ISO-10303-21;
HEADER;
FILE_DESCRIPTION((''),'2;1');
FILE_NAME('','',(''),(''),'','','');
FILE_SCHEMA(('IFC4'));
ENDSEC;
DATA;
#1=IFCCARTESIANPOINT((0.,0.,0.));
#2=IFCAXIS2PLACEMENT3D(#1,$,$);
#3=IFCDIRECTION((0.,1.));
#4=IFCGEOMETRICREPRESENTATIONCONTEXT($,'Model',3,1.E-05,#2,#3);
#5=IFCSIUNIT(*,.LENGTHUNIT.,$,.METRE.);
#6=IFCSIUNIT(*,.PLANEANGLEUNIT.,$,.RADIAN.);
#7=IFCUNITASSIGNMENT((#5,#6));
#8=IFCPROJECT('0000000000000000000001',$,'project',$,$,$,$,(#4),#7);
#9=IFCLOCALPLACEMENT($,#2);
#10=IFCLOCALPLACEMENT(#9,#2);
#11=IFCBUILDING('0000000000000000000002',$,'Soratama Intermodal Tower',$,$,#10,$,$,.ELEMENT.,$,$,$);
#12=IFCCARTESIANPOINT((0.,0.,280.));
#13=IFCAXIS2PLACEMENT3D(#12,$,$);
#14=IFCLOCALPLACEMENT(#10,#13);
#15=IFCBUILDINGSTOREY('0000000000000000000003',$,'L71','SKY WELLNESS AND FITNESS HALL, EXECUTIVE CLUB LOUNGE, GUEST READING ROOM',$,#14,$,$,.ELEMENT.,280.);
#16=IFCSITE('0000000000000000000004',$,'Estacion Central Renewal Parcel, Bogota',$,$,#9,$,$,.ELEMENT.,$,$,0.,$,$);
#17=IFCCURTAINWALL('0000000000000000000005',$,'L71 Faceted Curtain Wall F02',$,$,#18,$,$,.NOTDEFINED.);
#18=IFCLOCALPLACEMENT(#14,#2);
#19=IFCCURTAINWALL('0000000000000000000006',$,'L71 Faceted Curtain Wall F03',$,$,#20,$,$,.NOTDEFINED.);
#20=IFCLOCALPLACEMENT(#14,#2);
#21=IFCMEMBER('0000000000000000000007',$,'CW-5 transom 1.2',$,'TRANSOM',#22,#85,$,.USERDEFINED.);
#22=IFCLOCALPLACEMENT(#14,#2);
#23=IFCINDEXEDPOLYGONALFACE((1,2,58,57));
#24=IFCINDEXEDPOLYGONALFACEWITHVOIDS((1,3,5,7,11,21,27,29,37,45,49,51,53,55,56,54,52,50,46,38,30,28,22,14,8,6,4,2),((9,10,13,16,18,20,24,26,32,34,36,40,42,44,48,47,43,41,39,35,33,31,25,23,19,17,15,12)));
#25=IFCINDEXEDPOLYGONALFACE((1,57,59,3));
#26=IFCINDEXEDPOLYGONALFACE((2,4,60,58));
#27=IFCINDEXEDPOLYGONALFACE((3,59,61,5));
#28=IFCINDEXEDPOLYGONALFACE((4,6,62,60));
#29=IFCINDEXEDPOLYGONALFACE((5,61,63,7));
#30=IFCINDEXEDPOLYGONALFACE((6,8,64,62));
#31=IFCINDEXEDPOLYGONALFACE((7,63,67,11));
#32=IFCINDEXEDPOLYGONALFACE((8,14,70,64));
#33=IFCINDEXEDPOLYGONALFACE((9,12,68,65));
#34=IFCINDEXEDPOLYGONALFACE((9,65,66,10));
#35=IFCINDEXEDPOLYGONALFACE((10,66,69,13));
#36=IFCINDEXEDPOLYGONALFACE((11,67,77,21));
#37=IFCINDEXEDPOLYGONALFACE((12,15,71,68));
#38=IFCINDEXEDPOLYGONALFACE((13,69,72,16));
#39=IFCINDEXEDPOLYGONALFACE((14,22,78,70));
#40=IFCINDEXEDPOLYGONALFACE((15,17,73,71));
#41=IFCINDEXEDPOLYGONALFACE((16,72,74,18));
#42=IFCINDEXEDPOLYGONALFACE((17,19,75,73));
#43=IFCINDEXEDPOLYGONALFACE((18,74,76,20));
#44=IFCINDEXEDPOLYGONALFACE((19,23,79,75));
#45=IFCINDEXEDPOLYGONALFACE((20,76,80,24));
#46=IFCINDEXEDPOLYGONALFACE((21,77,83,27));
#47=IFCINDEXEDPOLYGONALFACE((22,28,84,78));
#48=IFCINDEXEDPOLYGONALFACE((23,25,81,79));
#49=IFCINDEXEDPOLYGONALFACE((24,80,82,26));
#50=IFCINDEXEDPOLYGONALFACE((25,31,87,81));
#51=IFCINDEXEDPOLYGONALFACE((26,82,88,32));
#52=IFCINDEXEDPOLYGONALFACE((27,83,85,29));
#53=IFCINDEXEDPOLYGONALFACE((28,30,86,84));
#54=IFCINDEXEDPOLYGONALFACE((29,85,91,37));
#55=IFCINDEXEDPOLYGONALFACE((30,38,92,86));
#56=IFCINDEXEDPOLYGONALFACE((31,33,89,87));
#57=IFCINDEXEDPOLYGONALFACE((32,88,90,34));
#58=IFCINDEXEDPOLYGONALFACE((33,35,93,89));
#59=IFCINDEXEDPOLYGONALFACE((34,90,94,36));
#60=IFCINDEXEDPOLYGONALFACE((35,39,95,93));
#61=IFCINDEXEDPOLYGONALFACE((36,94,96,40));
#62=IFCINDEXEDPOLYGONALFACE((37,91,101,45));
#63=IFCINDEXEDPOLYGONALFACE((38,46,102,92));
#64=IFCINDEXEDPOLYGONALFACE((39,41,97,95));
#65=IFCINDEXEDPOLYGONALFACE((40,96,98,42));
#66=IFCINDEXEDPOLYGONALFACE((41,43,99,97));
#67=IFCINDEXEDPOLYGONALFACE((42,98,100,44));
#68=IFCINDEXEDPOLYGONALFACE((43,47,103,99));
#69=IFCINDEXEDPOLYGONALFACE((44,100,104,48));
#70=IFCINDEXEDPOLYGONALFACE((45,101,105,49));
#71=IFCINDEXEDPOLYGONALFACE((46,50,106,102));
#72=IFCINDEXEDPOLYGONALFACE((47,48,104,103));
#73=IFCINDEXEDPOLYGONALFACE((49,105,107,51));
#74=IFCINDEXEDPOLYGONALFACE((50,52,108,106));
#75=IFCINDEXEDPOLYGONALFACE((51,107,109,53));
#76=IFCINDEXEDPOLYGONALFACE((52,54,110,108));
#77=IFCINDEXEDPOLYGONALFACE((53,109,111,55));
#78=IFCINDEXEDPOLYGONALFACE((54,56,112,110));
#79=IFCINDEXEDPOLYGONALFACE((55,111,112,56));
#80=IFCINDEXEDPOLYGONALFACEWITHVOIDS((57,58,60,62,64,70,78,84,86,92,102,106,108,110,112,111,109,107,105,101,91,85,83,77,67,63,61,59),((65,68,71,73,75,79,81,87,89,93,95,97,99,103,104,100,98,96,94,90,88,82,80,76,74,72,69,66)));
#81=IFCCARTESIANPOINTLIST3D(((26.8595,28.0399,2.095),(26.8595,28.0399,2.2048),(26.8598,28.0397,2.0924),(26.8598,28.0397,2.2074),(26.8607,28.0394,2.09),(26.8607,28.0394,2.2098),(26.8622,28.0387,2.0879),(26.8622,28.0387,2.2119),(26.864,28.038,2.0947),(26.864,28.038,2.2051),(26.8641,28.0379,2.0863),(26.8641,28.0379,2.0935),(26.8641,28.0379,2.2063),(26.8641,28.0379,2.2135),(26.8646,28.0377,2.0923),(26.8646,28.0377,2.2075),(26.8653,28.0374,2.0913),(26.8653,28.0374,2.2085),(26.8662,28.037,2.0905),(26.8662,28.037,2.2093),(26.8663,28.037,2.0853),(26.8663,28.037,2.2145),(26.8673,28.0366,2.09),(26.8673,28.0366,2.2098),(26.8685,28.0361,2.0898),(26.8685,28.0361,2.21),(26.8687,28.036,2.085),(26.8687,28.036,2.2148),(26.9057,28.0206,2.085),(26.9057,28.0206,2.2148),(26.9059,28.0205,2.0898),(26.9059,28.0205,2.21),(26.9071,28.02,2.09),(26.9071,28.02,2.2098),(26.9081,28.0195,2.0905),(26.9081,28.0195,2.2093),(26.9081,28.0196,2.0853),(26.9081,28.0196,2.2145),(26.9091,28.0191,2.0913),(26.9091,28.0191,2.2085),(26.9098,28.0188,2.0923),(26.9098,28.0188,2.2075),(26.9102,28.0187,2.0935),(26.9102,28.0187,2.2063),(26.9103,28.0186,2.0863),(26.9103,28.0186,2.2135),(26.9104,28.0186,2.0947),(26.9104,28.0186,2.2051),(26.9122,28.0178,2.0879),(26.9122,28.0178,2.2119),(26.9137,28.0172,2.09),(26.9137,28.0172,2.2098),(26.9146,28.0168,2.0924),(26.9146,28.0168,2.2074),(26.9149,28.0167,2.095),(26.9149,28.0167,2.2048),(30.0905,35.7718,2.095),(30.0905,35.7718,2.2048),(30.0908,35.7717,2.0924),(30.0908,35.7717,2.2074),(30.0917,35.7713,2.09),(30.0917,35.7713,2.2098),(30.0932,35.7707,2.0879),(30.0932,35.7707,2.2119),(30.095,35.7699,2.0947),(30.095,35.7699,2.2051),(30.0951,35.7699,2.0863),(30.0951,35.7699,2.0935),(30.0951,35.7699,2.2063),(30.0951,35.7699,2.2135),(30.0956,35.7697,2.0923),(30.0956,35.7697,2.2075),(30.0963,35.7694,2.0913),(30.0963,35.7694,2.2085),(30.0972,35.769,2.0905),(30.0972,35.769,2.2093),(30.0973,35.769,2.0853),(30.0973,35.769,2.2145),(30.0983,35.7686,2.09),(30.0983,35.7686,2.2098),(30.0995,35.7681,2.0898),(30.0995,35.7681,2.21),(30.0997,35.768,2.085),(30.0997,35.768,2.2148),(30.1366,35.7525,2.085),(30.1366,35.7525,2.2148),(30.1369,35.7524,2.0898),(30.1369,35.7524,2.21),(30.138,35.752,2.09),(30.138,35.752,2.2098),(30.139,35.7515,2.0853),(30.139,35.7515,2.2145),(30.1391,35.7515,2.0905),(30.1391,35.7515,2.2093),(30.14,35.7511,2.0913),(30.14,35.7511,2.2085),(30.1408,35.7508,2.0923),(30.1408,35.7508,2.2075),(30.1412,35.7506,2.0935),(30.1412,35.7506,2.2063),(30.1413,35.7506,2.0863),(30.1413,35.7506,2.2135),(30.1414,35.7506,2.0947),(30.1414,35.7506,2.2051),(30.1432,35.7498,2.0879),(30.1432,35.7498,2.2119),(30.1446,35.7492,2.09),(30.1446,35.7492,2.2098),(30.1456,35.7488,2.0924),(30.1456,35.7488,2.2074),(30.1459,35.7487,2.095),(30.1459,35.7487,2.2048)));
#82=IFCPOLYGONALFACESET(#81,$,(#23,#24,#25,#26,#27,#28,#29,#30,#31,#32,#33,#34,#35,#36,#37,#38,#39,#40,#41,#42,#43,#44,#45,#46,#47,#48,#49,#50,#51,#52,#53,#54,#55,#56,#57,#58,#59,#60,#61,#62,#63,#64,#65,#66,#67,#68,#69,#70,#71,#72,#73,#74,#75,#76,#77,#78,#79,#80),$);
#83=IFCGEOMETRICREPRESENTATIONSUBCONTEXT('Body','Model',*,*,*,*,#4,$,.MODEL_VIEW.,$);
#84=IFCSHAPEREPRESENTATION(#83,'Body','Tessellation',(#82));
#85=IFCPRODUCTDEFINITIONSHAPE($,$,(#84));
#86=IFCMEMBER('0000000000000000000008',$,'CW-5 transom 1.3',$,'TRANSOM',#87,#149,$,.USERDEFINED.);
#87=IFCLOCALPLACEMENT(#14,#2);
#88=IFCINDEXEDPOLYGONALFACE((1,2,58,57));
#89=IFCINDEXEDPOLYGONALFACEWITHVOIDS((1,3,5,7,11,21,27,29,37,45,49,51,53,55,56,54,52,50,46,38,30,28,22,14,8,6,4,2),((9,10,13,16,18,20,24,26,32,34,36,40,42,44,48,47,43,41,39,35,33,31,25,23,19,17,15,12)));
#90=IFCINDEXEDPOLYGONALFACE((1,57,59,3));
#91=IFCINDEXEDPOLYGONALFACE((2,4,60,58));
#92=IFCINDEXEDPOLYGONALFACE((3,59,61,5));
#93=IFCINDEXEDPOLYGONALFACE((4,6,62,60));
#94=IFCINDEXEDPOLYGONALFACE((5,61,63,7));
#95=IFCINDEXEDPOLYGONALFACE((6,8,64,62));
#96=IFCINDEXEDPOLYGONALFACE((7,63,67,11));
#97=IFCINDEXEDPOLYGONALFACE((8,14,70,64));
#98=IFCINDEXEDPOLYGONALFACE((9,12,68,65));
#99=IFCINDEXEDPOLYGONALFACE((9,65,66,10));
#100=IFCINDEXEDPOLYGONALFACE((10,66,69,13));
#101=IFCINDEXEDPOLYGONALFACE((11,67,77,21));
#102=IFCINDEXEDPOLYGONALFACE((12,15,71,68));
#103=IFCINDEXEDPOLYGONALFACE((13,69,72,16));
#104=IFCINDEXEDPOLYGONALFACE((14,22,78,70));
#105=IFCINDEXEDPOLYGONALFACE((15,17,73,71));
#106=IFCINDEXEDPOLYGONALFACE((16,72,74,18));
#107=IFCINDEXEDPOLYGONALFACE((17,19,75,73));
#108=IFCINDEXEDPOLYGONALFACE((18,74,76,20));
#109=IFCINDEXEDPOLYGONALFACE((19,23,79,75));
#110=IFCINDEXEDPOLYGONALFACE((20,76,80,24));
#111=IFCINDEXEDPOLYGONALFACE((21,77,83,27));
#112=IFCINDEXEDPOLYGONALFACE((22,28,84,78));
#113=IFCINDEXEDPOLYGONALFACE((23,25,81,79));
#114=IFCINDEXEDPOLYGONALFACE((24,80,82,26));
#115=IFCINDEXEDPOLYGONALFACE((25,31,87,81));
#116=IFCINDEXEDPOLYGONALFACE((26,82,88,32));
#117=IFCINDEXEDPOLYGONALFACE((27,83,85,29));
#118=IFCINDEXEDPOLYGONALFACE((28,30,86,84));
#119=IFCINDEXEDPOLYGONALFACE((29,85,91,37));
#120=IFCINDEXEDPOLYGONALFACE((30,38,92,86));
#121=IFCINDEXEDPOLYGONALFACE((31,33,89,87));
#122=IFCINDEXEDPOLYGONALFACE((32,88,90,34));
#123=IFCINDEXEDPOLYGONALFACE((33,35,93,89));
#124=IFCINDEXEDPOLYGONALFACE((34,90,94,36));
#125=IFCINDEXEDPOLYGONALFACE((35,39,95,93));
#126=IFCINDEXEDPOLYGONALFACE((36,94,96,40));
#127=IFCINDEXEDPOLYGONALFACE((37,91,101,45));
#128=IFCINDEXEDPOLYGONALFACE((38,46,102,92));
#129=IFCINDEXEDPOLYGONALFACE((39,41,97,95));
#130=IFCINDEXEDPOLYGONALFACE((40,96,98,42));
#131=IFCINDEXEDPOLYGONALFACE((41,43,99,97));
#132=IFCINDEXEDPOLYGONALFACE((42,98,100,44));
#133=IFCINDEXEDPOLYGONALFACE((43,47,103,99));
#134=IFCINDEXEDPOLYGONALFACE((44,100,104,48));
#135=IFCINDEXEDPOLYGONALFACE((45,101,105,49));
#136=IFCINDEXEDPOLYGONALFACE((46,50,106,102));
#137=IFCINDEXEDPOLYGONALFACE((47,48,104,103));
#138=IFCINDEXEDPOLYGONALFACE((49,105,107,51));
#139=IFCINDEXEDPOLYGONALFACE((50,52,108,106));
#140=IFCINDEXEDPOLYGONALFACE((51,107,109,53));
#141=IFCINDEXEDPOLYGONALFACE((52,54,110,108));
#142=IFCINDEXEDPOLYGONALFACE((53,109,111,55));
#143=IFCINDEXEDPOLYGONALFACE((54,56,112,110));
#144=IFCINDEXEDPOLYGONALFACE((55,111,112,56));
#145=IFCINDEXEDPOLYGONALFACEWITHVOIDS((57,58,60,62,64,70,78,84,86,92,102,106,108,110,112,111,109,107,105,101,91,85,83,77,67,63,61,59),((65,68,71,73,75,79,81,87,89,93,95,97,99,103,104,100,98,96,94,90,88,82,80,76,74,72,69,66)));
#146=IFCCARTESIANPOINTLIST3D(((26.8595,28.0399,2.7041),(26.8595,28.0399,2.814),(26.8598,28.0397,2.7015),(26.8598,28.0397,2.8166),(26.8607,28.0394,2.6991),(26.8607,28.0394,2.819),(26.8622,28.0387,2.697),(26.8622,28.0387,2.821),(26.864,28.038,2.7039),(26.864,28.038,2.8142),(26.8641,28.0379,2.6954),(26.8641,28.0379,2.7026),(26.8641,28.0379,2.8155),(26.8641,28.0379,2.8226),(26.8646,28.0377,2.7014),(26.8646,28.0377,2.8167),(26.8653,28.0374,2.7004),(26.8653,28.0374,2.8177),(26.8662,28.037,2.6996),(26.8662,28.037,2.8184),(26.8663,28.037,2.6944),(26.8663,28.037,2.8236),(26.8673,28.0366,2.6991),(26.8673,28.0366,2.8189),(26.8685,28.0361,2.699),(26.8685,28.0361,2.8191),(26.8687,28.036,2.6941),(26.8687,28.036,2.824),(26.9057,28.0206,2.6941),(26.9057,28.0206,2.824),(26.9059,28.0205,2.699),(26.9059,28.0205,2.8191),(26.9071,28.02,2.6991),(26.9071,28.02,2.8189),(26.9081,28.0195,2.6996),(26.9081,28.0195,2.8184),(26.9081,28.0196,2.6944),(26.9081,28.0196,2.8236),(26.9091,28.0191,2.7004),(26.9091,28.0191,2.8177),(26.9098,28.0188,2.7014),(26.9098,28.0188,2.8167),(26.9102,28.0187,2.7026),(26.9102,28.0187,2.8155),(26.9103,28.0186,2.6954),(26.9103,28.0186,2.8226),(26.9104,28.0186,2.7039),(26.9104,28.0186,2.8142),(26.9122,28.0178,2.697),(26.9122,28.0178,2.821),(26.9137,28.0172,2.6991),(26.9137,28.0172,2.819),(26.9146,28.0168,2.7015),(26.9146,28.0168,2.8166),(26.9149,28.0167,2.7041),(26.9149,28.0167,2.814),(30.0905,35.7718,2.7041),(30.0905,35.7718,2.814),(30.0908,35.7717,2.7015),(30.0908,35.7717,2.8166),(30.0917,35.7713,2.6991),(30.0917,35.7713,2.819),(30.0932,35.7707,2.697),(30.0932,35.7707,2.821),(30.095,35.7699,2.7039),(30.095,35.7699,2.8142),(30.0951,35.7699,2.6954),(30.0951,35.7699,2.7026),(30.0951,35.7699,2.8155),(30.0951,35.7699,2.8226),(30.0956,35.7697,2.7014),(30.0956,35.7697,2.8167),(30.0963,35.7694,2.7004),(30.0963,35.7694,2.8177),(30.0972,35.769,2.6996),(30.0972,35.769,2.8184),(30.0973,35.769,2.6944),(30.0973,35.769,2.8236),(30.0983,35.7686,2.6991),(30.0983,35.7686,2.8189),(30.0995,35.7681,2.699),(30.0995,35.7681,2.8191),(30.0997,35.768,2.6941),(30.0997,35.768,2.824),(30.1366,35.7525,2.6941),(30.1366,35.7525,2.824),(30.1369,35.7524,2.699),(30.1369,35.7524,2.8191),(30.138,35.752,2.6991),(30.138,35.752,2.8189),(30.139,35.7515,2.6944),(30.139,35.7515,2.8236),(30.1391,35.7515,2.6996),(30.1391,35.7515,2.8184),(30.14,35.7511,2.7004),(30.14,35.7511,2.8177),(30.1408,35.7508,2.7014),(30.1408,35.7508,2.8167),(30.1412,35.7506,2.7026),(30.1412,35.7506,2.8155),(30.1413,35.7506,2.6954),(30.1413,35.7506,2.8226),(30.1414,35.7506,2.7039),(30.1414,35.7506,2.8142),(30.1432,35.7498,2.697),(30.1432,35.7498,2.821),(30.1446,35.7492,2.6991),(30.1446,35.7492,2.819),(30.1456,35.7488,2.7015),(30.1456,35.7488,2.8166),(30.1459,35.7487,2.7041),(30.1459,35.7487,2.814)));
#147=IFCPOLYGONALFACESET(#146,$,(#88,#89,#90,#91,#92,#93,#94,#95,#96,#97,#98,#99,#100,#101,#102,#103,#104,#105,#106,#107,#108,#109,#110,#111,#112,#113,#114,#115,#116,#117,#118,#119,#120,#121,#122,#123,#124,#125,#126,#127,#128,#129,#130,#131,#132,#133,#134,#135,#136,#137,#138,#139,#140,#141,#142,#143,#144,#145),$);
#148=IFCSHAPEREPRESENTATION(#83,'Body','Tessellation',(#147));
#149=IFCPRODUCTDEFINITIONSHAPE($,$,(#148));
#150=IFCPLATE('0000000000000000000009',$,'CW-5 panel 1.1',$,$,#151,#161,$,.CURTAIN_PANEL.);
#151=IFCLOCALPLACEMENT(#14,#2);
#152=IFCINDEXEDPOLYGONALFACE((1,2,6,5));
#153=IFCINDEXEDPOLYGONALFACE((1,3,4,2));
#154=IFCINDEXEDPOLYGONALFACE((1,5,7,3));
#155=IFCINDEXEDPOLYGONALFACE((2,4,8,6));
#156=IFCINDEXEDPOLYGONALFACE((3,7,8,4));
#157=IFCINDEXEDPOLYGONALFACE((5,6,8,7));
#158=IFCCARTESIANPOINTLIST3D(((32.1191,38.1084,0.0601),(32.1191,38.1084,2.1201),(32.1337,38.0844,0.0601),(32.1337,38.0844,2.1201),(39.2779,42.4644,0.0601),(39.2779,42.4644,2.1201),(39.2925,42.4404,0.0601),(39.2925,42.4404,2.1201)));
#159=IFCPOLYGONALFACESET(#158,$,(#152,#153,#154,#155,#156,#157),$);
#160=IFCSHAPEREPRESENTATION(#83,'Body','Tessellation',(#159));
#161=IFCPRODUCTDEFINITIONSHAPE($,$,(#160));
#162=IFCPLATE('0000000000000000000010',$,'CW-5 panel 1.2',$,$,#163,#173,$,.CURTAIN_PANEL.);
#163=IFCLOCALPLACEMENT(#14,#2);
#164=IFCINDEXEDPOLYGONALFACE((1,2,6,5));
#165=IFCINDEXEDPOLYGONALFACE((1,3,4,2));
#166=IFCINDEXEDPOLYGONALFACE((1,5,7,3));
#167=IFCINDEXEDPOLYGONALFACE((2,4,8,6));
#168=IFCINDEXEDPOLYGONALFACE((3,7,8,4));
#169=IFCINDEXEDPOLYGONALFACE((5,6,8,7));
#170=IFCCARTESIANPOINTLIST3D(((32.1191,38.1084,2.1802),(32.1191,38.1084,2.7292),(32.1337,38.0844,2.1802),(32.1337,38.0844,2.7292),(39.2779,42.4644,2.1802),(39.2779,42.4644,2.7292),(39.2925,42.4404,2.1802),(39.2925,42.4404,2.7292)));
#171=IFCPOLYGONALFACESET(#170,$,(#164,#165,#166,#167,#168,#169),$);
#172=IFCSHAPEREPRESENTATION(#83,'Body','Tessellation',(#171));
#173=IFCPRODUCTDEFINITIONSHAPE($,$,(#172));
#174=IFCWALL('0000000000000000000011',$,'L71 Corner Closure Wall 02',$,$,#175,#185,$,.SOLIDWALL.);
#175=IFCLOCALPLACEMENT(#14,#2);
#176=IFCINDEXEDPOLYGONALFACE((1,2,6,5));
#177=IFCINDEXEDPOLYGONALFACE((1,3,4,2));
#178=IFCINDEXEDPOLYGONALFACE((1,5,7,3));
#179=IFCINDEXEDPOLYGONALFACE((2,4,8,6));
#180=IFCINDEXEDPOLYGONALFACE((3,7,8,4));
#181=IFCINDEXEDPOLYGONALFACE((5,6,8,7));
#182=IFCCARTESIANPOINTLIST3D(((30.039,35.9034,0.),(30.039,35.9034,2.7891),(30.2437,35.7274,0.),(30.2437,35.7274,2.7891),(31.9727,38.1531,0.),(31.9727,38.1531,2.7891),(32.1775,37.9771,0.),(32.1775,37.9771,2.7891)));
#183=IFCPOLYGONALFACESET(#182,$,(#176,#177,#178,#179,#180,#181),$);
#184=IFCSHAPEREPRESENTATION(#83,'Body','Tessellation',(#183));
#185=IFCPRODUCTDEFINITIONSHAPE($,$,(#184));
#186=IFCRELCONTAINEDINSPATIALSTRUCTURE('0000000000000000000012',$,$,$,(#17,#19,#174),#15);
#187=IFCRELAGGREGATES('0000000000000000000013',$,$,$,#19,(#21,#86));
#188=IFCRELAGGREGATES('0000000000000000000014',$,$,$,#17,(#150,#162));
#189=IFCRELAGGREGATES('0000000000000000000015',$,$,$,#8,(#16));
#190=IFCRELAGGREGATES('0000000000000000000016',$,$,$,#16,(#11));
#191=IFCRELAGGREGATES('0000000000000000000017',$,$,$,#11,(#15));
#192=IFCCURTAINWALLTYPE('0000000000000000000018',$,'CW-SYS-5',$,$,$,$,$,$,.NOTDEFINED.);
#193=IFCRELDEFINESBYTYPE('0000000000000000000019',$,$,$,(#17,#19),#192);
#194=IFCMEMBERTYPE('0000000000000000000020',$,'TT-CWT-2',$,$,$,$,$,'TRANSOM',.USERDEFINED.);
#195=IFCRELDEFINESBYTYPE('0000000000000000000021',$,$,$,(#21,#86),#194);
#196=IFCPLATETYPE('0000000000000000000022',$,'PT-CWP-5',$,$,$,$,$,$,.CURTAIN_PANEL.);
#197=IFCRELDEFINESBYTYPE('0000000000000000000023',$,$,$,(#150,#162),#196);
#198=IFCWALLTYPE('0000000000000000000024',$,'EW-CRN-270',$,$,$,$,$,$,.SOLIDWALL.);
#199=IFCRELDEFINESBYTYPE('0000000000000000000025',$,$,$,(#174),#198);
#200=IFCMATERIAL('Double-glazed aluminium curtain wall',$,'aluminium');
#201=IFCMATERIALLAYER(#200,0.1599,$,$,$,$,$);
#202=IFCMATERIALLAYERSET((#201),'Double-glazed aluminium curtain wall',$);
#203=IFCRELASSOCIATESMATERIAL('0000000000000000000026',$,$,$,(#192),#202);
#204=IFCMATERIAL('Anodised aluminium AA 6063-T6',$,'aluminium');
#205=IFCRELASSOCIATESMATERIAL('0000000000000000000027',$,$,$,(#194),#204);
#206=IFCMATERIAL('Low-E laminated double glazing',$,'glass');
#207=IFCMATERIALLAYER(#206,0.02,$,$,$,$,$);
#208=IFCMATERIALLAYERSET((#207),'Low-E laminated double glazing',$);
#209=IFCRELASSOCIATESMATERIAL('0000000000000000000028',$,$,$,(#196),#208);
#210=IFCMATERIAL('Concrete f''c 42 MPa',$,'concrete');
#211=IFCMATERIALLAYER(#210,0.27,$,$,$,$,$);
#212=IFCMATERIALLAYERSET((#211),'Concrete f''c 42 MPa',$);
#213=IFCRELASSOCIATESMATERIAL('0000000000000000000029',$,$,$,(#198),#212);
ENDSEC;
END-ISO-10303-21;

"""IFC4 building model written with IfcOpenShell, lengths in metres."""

from ifc_helpers import new_model, si_unit, direction, frame, frame_2d, origin, origin_2d, place, context, subcontext, project, spatial, rectangle, hollow_rectangle, extrude, material, layer, layer_set, material_profile, profile_set, type_object, element, aggregate, save


model = new_model("IFC4")

# Units and contexts
model_context = context("Model", 3, precision=1e-05, world=origin(), true_north=direction((0.0, 1.0)))
body_context = subcontext(model_context, "Body", "Model", "MODEL_VIEW")
ifc_project = project(units=[si_unit("LENGTHUNIT", "METRE"), si_unit("PLANEANGLEUNIT", "RADIAN")], contexts=[model_context])

# Site, building, storey
site_placement = place(None, origin())
site = spatial("IfcSite", under=ifc_project, at=site_placement, Name="Estacion Central Renewal Parcel, Bogota", CompositionType="ELEMENT", RefElevation=0.0)
building_placement = place(site_placement, origin())
building = spatial("IfcBuilding", under=site, at=building_placement, Name="Soratama Intermodal Tower", CompositionType="ELEMENT")
storey_placement = place(building_placement, frame((0.0, 0.0, 280.0)))
storey = spatial("IfcBuildingStorey", under=building, at=storey_placement, Name="L71", Description="SKY WELLNESS AND FITNESS HALL, EXECUTIVE CLUB LOUNGE, GUEST READING ROOM", CompositionType="ELEMENT", Elevation=280.0)

# Curtain wall
ifc_material_1 = material(Name="Double-glazed aluminium curtain wall", Category="aluminium")
ifc_layer_1 = layer(ifc_material_1, 0.1599)
ifc_layer_set_1 = layer_set([ifc_layer_1], Name="Double-glazed aluminium curtain wall")
curtain_wall_type = type_object("IfcCurtainWallType", Name="CW-SYS-5", PredefinedType="NOTDEFINED", material=ifc_layer_set_1)
curtain_wall_1_placement = place(storey_placement, origin())
curtain_wall_1 = element("IfcCurtainWall", 1, at=curtain_wall_1_placement, inside=storey, type_object=curtain_wall_type, Name="L71 Faceted Curtain Wall F02", PredefinedType="NOTDEFINED")

# Curtain wall
curtain_wall_2_placement = place(storey_placement, origin())
curtain_wall_2 = element("IfcCurtainWall", 2, at=curtain_wall_2_placement, inside=storey, type_object=curtain_wall_type, Name="L71 Faceted Curtain Wall F03", PredefinedType="NOTDEFINED")

# Members
ifc_material_2 = material(Name="Anodised aluminium AA 6063-T6", Category="aluminium")
ifc_material_profile_1 = material_profile(ifc_material_2, hollow_rectangle(XDim=0.0601, YDim=0.1299, WallThickness=0.0049, InnerFilletRadius=0.0049, OuterFilletRadius=0.01, at=origin_2d()), Name="CWT130X60X5")
ifc_profile_set_1 = profile_set([ifc_material_profile_1], Name="Anodised aluminium AA 6063-T6")
member_type_1 = type_object("IfcMemberType", Name="TT-CWT-2", ElementType="TRANSOM", PredefinedType="USERDEFINED", material=ifc_profile_set_1)
member_1_placement = place(storey_placement, frame((30.1182, 35.7603, 2.1499), z_axis=(-0.385563, -0.922682, 0.0), x_axis=(0.922682, -0.385563, 0.0)))
member_1 = element("IfcMember", 3, at=member_1_placement, type_object=member_type_1, Name="CW-5 transom 1.2", ObjectType="TRANSOM", PredefinedType="USERDEFINED", context=body_context, shape_type="SweptSolid", body=[
    extrude(hollow_rectangle(XDim=0.0601, YDim=0.1299, WallThickness=0.0049, InnerFilletRadius=0.0049, OuterFilletRadius=0.01, at=origin_2d()), origin(), (0.0, 0.0, 1.0), 8.3799),
])
member_2_placement = place(storey_placement, frame((30.1182, 35.7603, 2.759), z_axis=(-0.385563, -0.922682, 0.0), x_axis=(0.922682, -0.385563, 0.0)))
member_2 = element("IfcMember", 4, at=member_2_placement, type_object=member_type_1, Name="CW-5 transom 1.3", ObjectType="TRANSOM", PredefinedType="USERDEFINED", context=body_context, shape_type="SweptSolid", body=[
    extrude(hollow_rectangle(XDim=0.0601, YDim=0.1299, WallThickness=0.0049, InnerFilletRadius=0.0049, OuterFilletRadius=0.01, at=origin_2d()), origin(), (0.0, 0.0, 1.0), 8.3799),
])
aggregate(curtain_wall_2, [member_1, member_2])

# Plates
ifc_material_3 = material(Name="Low-E laminated double glazing", Category="glass")
ifc_layer_2 = layer(ifc_material_3, 0.02)
ifc_layer_set_2 = layer_set([ifc_layer_2], Name="Low-E laminated double glazing")
plate_type = type_object("IfcPlateType", Name="PT-CWP-5", PredefinedType="CURTAIN_PANEL", material=ifc_layer_set_2)
plate_1_placement = place(storey_placement, frame((35.7058, 40.2744, 0.0601), z_axis=(0.0, 0.0, 1.0), x_axis=(-0.85428, -0.519813, 0.0)))
plate_1 = element("IfcPlate", 5, at=plate_1_placement, type_object=plate_type, Name="CW-5 panel 1.1", PredefinedType="CURTAIN_PANEL", context=body_context, shape_type="SweptSolid", body=[
    extrude(rectangle(XDim=8.3799, YDim=0.0281, at=origin_2d()), origin(), (0.0, 0.0, 1.0), 2.0601),
])
plate_2_placement = place(storey_placement, frame((35.7058, 40.2744, 2.1802), z_axis=(0.0, 0.0, 1.0), x_axis=(-0.85428, -0.519813, 0.0)))
plate_2 = element("IfcPlate", 6, at=plate_2_placement, type_object=plate_type, Name="CW-5 panel 1.2", PredefinedType="CURTAIN_PANEL", context=body_context, shape_type="SweptSolid", body=[
    extrude(rectangle(XDim=8.3799, YDim=0.0281, at=origin_2d()), origin(), (0.0, 0.0, 1.0), 0.5491),
])
aggregate(curtain_wall_1, [plate_1, plate_2])

# Wall
ifc_material_4 = material(Name="Concrete f'c 42 MPa", Category="concrete")
ifc_layer_3 = layer(ifc_material_4, 0.27)
ifc_layer_set_3 = layer_set([ifc_layer_3], Name="Concrete f'c 42 MPa")
wall_type_1 = type_object("IfcWallType", Name="EW-CRN-270", PredefinedType="SOLIDWALL", material=ifc_layer_set_3)
wall_1_placement = place(storey_placement, frame((32.0752, 38.0652, 0.0), z_axis=(0.0, 0.0, 1.0), x_axis=(-0.651855, -0.758344, 0.0)))
element("IfcWall", 7, at=wall_1_placement, inside=storey, type_object=wall_type_1, Name="L71 Corner Closure Wall 02", PredefinedType="SOLIDWALL", context=body_context, shape_type="SweptSolid", body=[
    extrude(rectangle(XDim=2.9666, YDim=0.27, at=frame_2d((1.4834, 0.0))), origin(), (0.0, 0.0, 1.0), 2.7891),
])

save(model, "model.ifc")
